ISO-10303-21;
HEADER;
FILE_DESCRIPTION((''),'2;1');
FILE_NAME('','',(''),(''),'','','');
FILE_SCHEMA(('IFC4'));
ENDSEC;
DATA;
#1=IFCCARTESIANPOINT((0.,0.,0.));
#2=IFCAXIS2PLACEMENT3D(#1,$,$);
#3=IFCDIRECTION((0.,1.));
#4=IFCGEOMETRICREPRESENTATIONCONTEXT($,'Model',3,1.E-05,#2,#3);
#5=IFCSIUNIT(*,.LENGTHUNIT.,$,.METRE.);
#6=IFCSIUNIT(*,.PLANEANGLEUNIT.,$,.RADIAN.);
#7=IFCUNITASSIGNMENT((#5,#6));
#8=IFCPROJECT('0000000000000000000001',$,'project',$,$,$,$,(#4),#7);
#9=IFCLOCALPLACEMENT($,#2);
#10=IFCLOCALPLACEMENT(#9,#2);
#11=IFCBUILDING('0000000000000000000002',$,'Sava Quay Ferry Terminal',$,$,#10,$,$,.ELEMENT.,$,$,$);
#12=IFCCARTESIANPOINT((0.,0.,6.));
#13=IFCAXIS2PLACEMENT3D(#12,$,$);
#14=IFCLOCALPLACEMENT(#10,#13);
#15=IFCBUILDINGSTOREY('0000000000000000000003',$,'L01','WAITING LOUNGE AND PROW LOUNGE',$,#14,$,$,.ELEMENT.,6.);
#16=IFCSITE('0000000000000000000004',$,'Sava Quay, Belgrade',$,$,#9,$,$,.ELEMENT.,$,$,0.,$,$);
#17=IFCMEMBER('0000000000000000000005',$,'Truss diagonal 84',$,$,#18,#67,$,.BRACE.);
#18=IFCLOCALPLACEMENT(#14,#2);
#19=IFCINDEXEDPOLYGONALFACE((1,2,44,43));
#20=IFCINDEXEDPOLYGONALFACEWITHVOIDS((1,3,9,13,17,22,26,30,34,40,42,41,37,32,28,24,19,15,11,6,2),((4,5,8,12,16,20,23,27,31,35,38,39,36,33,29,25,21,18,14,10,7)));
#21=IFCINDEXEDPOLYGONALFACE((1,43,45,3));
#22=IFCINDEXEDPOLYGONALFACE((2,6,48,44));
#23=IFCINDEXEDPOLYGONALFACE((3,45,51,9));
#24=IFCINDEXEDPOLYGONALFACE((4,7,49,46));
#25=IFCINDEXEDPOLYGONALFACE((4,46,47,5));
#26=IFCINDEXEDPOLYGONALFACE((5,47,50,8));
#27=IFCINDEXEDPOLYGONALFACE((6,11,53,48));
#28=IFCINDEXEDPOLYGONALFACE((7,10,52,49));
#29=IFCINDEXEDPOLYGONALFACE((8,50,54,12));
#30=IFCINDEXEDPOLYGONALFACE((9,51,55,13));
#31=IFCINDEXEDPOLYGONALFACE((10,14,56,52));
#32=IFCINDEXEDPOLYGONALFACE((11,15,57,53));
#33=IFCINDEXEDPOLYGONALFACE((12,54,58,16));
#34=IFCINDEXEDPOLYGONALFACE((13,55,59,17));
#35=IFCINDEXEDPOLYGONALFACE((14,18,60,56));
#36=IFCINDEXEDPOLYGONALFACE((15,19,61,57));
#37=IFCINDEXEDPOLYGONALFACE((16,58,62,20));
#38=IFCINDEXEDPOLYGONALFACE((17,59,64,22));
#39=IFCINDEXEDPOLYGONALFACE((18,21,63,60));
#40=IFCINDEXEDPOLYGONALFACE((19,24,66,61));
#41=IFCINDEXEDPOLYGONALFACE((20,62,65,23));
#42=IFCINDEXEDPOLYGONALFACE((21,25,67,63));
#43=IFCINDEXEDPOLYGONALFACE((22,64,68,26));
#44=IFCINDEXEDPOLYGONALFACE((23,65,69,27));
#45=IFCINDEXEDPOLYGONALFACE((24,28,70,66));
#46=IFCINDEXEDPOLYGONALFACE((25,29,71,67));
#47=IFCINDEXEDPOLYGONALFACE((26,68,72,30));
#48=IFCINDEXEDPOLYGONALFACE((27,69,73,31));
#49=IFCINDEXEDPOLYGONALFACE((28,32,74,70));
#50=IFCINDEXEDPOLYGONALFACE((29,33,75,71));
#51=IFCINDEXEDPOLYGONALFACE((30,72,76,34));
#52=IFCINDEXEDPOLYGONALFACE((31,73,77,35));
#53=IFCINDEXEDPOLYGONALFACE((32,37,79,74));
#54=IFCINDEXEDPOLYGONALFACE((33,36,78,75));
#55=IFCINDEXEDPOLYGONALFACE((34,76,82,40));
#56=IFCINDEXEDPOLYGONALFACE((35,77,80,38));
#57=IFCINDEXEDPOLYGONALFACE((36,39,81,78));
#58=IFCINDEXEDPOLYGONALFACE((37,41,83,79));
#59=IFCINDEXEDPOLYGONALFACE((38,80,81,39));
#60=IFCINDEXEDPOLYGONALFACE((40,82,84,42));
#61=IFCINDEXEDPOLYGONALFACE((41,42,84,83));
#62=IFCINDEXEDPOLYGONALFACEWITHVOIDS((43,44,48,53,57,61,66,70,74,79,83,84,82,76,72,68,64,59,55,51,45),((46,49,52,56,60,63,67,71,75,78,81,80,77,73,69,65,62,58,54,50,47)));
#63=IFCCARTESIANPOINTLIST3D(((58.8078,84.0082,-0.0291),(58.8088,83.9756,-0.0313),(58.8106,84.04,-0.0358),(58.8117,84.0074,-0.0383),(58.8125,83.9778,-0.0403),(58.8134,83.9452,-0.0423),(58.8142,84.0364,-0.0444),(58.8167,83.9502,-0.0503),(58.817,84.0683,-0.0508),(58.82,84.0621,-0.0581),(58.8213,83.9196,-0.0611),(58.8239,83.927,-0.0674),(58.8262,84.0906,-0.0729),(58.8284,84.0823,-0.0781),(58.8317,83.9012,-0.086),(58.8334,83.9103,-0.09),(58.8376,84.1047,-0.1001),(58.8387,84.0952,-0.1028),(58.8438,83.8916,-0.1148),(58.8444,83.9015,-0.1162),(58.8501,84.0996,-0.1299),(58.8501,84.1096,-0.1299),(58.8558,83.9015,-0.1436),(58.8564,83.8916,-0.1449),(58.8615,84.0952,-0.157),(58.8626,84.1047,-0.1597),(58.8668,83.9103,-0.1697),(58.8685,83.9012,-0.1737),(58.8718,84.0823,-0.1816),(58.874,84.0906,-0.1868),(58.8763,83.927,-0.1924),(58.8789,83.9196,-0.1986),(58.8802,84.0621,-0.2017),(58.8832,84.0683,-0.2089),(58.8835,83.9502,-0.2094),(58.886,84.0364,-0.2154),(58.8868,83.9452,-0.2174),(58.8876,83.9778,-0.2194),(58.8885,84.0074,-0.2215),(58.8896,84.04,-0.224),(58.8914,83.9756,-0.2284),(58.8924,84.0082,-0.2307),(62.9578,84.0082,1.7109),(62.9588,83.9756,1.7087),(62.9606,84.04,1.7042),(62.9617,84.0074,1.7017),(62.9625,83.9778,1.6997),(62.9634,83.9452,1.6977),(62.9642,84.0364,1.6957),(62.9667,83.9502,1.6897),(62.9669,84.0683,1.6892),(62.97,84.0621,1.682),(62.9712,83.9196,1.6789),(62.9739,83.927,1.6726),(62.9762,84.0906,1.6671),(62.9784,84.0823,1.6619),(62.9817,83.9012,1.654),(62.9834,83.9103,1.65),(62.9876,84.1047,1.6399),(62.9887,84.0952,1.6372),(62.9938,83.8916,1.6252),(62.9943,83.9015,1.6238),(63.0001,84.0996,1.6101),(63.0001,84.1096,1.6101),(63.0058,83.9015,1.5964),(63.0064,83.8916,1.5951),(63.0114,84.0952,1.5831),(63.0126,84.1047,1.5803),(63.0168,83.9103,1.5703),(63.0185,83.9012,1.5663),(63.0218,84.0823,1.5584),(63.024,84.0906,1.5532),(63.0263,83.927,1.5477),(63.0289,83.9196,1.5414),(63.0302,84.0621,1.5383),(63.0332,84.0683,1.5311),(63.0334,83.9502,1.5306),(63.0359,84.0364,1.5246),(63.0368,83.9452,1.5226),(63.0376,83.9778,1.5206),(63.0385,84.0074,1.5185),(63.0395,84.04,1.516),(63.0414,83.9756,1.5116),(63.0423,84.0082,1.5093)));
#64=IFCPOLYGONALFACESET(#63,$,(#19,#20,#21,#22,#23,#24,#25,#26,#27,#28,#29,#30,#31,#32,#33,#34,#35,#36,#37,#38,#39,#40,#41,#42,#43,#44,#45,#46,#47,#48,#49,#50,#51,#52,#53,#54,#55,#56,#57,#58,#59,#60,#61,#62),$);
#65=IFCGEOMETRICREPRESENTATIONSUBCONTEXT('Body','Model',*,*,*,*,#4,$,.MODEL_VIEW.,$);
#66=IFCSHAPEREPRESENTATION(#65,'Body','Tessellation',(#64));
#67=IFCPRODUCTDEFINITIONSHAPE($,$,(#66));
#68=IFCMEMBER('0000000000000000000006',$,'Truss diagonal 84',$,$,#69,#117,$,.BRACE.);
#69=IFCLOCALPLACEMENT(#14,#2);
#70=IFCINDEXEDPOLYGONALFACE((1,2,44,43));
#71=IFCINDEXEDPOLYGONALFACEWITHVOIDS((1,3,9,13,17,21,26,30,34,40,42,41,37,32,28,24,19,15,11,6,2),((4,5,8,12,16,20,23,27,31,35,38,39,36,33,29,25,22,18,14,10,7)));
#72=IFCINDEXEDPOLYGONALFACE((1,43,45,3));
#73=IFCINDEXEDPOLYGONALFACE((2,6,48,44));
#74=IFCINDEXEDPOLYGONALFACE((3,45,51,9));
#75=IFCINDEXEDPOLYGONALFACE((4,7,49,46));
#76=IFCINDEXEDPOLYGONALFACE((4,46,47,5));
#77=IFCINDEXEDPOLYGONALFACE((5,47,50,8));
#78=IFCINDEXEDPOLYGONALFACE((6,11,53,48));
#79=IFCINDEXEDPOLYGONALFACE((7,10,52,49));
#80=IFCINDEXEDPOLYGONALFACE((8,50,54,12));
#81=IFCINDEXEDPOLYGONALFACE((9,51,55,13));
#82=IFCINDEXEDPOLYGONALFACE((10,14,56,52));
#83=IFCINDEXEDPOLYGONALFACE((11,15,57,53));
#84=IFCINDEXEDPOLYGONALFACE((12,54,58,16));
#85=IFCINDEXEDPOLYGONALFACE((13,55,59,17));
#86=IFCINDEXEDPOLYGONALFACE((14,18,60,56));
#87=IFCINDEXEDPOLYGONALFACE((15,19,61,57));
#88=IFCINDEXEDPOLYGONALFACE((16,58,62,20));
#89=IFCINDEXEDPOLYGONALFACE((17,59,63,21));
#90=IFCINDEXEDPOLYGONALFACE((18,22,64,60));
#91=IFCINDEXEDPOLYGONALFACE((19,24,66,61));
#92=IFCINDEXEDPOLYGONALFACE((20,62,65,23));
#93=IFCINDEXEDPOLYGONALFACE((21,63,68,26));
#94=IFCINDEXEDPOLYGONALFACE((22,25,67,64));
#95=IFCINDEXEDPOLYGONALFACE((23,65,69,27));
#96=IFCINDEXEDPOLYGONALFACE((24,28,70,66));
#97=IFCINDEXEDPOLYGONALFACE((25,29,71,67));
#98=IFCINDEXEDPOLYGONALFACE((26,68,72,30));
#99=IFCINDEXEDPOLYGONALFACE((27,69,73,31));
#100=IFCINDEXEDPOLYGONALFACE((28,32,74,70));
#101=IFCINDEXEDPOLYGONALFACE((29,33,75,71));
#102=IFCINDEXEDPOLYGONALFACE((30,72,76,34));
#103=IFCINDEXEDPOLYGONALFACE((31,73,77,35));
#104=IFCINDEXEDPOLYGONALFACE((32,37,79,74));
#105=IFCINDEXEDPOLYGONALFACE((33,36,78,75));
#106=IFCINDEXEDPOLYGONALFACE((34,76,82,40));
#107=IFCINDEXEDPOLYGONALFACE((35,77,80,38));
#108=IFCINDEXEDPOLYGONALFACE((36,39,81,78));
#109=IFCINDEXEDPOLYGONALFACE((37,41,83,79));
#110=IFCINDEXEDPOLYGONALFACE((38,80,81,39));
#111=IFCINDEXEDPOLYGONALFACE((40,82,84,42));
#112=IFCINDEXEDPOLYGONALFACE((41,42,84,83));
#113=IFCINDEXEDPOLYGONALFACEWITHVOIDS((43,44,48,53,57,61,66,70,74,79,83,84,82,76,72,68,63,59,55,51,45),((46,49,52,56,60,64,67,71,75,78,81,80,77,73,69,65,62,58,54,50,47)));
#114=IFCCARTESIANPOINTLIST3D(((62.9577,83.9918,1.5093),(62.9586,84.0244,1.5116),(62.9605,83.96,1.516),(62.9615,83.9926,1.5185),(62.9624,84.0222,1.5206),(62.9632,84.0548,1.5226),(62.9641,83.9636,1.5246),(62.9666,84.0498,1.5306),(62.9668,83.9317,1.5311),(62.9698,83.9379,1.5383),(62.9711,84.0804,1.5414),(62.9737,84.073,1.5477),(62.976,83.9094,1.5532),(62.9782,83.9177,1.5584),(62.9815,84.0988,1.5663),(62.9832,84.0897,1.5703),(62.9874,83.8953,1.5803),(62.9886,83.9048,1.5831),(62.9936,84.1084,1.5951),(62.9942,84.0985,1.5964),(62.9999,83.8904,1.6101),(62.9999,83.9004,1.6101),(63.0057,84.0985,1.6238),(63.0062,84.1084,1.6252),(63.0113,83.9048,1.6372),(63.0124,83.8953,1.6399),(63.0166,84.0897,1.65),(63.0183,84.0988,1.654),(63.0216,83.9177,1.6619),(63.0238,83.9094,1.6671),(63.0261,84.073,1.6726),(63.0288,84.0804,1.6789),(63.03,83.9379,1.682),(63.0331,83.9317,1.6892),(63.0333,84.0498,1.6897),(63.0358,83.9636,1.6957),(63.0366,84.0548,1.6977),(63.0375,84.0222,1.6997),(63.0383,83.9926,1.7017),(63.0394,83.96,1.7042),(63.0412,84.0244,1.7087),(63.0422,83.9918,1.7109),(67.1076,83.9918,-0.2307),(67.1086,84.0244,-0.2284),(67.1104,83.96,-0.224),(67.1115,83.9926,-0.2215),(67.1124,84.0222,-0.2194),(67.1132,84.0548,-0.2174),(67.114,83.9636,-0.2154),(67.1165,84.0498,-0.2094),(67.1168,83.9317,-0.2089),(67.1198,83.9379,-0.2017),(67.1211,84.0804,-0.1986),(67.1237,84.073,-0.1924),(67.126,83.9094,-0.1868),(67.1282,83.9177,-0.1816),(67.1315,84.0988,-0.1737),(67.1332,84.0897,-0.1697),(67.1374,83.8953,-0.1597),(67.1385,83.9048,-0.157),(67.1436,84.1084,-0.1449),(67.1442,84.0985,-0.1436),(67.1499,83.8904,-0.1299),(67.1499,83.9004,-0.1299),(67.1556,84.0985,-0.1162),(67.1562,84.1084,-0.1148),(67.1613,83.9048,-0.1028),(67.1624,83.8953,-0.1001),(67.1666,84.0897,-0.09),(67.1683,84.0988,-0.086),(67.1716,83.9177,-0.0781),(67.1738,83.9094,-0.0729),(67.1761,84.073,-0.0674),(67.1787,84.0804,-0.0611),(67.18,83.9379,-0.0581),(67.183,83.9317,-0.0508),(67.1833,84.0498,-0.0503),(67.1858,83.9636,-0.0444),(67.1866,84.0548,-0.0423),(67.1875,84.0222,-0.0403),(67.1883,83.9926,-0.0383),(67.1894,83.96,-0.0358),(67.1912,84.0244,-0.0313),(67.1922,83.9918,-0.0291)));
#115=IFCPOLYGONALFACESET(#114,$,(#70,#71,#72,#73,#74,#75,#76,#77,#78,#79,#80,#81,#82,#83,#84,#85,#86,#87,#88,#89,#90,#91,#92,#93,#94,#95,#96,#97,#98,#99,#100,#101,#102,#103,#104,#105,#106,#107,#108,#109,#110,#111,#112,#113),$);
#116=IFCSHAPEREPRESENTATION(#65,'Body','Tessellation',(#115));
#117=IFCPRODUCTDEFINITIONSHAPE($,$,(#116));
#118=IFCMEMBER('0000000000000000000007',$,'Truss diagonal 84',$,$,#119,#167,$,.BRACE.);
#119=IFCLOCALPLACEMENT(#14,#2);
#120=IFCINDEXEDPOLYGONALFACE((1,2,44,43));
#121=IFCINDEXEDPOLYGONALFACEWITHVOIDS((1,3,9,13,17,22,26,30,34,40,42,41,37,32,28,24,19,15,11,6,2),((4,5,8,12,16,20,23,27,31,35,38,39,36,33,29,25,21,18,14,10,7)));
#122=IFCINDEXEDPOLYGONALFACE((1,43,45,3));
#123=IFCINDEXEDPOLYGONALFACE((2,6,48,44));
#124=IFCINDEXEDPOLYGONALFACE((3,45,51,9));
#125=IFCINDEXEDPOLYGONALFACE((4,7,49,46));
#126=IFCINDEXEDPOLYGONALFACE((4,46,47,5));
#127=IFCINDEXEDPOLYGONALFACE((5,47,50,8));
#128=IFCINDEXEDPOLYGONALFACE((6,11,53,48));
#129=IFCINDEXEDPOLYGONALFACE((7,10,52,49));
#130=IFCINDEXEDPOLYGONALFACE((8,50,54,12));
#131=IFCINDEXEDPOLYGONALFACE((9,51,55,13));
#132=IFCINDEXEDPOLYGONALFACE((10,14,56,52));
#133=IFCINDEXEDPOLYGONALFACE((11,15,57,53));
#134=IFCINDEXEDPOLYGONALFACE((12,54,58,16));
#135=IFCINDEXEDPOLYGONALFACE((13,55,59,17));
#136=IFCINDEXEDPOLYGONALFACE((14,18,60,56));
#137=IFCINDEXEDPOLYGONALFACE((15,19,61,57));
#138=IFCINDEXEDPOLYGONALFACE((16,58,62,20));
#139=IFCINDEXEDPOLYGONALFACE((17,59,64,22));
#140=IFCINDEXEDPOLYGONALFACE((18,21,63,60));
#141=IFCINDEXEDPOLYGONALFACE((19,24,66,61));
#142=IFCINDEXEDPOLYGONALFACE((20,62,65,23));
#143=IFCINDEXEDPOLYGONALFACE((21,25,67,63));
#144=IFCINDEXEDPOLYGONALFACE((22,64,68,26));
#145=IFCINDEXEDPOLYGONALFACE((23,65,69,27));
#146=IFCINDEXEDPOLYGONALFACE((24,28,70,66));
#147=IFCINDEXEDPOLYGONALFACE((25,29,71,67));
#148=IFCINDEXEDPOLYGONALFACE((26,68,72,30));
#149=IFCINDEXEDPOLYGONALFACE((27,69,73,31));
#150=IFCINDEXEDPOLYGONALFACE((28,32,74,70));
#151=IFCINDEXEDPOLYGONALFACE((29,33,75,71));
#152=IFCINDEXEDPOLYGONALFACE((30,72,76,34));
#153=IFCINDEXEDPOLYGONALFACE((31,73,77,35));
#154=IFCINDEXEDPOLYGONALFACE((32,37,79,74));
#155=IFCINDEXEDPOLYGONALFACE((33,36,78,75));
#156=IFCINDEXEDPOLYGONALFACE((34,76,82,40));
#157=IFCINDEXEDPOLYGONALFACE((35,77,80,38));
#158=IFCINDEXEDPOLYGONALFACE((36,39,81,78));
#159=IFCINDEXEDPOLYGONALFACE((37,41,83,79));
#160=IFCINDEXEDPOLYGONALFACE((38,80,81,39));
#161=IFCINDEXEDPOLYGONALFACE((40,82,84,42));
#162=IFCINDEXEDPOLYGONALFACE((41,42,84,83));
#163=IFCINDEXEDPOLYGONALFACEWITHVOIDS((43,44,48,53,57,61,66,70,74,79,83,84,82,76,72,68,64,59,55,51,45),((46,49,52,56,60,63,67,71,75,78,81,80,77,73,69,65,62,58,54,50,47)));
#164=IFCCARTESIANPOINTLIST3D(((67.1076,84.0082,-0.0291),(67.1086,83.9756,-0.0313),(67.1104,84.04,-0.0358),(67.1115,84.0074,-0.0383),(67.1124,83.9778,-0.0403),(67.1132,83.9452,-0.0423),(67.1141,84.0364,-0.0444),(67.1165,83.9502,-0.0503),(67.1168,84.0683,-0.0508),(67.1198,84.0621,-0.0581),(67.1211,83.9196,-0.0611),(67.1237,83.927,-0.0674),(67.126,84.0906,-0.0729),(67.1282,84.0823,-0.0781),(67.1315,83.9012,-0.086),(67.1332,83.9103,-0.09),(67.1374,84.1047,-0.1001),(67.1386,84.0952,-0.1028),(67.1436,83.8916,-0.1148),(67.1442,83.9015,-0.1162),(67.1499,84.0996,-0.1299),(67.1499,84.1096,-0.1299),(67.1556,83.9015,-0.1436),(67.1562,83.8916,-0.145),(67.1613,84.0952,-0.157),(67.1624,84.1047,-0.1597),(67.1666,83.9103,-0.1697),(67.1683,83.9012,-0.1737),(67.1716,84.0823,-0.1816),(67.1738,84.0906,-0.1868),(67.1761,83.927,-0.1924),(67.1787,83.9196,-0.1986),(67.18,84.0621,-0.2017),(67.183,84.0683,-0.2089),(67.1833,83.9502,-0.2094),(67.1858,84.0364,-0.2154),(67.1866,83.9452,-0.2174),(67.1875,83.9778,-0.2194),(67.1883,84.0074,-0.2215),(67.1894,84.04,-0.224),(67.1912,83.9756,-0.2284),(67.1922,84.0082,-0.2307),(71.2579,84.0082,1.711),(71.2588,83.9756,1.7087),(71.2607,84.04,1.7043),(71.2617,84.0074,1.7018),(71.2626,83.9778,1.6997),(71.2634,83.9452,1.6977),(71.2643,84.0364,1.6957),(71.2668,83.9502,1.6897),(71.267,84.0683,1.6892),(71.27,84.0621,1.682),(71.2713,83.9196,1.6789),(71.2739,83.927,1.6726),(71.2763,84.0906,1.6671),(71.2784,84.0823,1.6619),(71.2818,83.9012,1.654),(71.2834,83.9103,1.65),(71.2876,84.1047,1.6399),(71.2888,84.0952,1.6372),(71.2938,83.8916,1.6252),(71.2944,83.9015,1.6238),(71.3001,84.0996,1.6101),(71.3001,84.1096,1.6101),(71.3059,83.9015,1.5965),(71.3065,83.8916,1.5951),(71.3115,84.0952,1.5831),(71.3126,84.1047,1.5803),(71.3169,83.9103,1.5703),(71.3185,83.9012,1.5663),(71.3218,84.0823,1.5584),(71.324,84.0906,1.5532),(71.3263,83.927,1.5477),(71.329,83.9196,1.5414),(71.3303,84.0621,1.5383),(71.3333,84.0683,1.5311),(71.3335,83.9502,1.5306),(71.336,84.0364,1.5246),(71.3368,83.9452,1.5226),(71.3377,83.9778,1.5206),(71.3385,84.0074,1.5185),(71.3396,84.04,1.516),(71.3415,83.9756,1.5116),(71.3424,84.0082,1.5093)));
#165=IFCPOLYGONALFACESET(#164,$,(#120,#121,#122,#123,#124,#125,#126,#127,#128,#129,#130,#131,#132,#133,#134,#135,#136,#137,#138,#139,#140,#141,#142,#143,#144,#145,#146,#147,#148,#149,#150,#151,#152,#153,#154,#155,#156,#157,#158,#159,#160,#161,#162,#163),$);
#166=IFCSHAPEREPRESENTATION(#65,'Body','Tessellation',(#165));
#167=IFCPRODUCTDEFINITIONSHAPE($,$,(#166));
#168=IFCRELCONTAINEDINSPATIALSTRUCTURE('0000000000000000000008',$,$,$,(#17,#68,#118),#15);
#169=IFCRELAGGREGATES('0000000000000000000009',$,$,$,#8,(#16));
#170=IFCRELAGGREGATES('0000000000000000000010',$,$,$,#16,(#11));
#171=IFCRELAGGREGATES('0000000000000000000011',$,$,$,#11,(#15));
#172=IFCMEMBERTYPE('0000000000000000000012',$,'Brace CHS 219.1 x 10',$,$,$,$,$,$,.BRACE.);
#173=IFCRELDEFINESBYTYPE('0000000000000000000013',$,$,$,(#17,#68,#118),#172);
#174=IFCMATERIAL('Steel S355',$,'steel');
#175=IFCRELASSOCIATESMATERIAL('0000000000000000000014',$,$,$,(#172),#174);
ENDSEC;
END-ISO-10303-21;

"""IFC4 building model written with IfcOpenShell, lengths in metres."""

from ifc_helpers import new_model, si_unit, direction, frame, origin, origin_2d, place, context, subcontext, project, spatial, hollow_circle, extrude, material, material_profile, profile_set, type_object, element, save


model = new_model("IFC4")

# Units and contexts
model_context = context("Model", 3, precision=1e-05, world=origin(), true_north=direction((0.0, 1.0)))
body_context = subcontext(model_context, "Body", "Model", "MODEL_VIEW")
ifc_project = project(units=[si_unit("LENGTHUNIT", "METRE"), si_unit("PLANEANGLEUNIT", "RADIAN")], contexts=[model_context])

# Site, building, storey
site_placement = place(None, origin())
site = spatial("IfcSite", under=ifc_project, at=site_placement, Name="Sava Quay, Belgrade", CompositionType="ELEMENT", RefElevation=0.0)
building_placement = place(site_placement, origin())
building = spatial("IfcBuilding", under=site, at=building_placement, Name="Sava Quay Ferry Terminal", CompositionType="ELEMENT")
storey_placement = place(building_placement, frame((0.0, 0.0, 6.0)))
storey = spatial("IfcBuildingStorey", under=building, at=storey_placement, Name="L01", Description="WAITING LOUNGE AND PROW LOUNGE", CompositionType="ELEMENT", Elevation=6.0)

# Members
ifc_material_1 = material(Name="Steel S355", Category="steel")
ifc_material_profile_1 = material_profile(ifc_material_1, hollow_circle(Radius=0.1096, WallThickness=0.01, at=origin_2d()), Name="CHS 219.1 x 10")
ifc_profile_set_1 = profile_set([ifc_material_profile_1], Name="Steel S355")
member_type_1 = type_object("IfcMemberType", Name="Brace CHS 219.1 x 10", PredefinedType="BRACE", material=ifc_profile_set_1)
for number, where, z_axis, x_axis, name in (
    (1, (58.8501, 84.0, -0.1299), (0.922217, 0.0, 0.386672), (0.0, 1.0, 0.0), "Truss diagonal 84"),
    (2, (67.1499, 84.0, -0.1299), (-0.922217, 0.0, 0.386672), (0.0, -1.0, 0.0), "Truss diagonal 84"),
):
    element("IfcMember", number, at=place(storey_placement, frame(where, z_axis=z_axis, x_axis=x_axis)), inside=storey, type_object=member_type_1, Name=name, PredefinedType="BRACE", context=body_context, shape_type="SweptSolid", body=[
        extrude(hollow_circle(Radius=0.1096, WallThickness=0.01, at=origin_2d()), origin(), (0.0, 0.0, 1.0), 4.5),
    ])
member_1_placement = place(storey_placement, frame((67.1499, 84.0, -0.1299), z_axis=(0.922226, 0.0, 0.386652), x_axis=(0.0, 1.0, 0.0)))
element("IfcMember", 3, at=member_1_placement, inside=storey, type_object=member_type_1, Name="Truss diagonal 84", PredefinedType="BRACE", context=body_context, shape_type="SweptSolid", body=[
    extrude(hollow_circle(Radius=0.1096, WallThickness=0.01, at=origin_2d()), origin(), (0.0, 0.0, 1.0), 4.5002),
])

save(model, "model.ifc")
